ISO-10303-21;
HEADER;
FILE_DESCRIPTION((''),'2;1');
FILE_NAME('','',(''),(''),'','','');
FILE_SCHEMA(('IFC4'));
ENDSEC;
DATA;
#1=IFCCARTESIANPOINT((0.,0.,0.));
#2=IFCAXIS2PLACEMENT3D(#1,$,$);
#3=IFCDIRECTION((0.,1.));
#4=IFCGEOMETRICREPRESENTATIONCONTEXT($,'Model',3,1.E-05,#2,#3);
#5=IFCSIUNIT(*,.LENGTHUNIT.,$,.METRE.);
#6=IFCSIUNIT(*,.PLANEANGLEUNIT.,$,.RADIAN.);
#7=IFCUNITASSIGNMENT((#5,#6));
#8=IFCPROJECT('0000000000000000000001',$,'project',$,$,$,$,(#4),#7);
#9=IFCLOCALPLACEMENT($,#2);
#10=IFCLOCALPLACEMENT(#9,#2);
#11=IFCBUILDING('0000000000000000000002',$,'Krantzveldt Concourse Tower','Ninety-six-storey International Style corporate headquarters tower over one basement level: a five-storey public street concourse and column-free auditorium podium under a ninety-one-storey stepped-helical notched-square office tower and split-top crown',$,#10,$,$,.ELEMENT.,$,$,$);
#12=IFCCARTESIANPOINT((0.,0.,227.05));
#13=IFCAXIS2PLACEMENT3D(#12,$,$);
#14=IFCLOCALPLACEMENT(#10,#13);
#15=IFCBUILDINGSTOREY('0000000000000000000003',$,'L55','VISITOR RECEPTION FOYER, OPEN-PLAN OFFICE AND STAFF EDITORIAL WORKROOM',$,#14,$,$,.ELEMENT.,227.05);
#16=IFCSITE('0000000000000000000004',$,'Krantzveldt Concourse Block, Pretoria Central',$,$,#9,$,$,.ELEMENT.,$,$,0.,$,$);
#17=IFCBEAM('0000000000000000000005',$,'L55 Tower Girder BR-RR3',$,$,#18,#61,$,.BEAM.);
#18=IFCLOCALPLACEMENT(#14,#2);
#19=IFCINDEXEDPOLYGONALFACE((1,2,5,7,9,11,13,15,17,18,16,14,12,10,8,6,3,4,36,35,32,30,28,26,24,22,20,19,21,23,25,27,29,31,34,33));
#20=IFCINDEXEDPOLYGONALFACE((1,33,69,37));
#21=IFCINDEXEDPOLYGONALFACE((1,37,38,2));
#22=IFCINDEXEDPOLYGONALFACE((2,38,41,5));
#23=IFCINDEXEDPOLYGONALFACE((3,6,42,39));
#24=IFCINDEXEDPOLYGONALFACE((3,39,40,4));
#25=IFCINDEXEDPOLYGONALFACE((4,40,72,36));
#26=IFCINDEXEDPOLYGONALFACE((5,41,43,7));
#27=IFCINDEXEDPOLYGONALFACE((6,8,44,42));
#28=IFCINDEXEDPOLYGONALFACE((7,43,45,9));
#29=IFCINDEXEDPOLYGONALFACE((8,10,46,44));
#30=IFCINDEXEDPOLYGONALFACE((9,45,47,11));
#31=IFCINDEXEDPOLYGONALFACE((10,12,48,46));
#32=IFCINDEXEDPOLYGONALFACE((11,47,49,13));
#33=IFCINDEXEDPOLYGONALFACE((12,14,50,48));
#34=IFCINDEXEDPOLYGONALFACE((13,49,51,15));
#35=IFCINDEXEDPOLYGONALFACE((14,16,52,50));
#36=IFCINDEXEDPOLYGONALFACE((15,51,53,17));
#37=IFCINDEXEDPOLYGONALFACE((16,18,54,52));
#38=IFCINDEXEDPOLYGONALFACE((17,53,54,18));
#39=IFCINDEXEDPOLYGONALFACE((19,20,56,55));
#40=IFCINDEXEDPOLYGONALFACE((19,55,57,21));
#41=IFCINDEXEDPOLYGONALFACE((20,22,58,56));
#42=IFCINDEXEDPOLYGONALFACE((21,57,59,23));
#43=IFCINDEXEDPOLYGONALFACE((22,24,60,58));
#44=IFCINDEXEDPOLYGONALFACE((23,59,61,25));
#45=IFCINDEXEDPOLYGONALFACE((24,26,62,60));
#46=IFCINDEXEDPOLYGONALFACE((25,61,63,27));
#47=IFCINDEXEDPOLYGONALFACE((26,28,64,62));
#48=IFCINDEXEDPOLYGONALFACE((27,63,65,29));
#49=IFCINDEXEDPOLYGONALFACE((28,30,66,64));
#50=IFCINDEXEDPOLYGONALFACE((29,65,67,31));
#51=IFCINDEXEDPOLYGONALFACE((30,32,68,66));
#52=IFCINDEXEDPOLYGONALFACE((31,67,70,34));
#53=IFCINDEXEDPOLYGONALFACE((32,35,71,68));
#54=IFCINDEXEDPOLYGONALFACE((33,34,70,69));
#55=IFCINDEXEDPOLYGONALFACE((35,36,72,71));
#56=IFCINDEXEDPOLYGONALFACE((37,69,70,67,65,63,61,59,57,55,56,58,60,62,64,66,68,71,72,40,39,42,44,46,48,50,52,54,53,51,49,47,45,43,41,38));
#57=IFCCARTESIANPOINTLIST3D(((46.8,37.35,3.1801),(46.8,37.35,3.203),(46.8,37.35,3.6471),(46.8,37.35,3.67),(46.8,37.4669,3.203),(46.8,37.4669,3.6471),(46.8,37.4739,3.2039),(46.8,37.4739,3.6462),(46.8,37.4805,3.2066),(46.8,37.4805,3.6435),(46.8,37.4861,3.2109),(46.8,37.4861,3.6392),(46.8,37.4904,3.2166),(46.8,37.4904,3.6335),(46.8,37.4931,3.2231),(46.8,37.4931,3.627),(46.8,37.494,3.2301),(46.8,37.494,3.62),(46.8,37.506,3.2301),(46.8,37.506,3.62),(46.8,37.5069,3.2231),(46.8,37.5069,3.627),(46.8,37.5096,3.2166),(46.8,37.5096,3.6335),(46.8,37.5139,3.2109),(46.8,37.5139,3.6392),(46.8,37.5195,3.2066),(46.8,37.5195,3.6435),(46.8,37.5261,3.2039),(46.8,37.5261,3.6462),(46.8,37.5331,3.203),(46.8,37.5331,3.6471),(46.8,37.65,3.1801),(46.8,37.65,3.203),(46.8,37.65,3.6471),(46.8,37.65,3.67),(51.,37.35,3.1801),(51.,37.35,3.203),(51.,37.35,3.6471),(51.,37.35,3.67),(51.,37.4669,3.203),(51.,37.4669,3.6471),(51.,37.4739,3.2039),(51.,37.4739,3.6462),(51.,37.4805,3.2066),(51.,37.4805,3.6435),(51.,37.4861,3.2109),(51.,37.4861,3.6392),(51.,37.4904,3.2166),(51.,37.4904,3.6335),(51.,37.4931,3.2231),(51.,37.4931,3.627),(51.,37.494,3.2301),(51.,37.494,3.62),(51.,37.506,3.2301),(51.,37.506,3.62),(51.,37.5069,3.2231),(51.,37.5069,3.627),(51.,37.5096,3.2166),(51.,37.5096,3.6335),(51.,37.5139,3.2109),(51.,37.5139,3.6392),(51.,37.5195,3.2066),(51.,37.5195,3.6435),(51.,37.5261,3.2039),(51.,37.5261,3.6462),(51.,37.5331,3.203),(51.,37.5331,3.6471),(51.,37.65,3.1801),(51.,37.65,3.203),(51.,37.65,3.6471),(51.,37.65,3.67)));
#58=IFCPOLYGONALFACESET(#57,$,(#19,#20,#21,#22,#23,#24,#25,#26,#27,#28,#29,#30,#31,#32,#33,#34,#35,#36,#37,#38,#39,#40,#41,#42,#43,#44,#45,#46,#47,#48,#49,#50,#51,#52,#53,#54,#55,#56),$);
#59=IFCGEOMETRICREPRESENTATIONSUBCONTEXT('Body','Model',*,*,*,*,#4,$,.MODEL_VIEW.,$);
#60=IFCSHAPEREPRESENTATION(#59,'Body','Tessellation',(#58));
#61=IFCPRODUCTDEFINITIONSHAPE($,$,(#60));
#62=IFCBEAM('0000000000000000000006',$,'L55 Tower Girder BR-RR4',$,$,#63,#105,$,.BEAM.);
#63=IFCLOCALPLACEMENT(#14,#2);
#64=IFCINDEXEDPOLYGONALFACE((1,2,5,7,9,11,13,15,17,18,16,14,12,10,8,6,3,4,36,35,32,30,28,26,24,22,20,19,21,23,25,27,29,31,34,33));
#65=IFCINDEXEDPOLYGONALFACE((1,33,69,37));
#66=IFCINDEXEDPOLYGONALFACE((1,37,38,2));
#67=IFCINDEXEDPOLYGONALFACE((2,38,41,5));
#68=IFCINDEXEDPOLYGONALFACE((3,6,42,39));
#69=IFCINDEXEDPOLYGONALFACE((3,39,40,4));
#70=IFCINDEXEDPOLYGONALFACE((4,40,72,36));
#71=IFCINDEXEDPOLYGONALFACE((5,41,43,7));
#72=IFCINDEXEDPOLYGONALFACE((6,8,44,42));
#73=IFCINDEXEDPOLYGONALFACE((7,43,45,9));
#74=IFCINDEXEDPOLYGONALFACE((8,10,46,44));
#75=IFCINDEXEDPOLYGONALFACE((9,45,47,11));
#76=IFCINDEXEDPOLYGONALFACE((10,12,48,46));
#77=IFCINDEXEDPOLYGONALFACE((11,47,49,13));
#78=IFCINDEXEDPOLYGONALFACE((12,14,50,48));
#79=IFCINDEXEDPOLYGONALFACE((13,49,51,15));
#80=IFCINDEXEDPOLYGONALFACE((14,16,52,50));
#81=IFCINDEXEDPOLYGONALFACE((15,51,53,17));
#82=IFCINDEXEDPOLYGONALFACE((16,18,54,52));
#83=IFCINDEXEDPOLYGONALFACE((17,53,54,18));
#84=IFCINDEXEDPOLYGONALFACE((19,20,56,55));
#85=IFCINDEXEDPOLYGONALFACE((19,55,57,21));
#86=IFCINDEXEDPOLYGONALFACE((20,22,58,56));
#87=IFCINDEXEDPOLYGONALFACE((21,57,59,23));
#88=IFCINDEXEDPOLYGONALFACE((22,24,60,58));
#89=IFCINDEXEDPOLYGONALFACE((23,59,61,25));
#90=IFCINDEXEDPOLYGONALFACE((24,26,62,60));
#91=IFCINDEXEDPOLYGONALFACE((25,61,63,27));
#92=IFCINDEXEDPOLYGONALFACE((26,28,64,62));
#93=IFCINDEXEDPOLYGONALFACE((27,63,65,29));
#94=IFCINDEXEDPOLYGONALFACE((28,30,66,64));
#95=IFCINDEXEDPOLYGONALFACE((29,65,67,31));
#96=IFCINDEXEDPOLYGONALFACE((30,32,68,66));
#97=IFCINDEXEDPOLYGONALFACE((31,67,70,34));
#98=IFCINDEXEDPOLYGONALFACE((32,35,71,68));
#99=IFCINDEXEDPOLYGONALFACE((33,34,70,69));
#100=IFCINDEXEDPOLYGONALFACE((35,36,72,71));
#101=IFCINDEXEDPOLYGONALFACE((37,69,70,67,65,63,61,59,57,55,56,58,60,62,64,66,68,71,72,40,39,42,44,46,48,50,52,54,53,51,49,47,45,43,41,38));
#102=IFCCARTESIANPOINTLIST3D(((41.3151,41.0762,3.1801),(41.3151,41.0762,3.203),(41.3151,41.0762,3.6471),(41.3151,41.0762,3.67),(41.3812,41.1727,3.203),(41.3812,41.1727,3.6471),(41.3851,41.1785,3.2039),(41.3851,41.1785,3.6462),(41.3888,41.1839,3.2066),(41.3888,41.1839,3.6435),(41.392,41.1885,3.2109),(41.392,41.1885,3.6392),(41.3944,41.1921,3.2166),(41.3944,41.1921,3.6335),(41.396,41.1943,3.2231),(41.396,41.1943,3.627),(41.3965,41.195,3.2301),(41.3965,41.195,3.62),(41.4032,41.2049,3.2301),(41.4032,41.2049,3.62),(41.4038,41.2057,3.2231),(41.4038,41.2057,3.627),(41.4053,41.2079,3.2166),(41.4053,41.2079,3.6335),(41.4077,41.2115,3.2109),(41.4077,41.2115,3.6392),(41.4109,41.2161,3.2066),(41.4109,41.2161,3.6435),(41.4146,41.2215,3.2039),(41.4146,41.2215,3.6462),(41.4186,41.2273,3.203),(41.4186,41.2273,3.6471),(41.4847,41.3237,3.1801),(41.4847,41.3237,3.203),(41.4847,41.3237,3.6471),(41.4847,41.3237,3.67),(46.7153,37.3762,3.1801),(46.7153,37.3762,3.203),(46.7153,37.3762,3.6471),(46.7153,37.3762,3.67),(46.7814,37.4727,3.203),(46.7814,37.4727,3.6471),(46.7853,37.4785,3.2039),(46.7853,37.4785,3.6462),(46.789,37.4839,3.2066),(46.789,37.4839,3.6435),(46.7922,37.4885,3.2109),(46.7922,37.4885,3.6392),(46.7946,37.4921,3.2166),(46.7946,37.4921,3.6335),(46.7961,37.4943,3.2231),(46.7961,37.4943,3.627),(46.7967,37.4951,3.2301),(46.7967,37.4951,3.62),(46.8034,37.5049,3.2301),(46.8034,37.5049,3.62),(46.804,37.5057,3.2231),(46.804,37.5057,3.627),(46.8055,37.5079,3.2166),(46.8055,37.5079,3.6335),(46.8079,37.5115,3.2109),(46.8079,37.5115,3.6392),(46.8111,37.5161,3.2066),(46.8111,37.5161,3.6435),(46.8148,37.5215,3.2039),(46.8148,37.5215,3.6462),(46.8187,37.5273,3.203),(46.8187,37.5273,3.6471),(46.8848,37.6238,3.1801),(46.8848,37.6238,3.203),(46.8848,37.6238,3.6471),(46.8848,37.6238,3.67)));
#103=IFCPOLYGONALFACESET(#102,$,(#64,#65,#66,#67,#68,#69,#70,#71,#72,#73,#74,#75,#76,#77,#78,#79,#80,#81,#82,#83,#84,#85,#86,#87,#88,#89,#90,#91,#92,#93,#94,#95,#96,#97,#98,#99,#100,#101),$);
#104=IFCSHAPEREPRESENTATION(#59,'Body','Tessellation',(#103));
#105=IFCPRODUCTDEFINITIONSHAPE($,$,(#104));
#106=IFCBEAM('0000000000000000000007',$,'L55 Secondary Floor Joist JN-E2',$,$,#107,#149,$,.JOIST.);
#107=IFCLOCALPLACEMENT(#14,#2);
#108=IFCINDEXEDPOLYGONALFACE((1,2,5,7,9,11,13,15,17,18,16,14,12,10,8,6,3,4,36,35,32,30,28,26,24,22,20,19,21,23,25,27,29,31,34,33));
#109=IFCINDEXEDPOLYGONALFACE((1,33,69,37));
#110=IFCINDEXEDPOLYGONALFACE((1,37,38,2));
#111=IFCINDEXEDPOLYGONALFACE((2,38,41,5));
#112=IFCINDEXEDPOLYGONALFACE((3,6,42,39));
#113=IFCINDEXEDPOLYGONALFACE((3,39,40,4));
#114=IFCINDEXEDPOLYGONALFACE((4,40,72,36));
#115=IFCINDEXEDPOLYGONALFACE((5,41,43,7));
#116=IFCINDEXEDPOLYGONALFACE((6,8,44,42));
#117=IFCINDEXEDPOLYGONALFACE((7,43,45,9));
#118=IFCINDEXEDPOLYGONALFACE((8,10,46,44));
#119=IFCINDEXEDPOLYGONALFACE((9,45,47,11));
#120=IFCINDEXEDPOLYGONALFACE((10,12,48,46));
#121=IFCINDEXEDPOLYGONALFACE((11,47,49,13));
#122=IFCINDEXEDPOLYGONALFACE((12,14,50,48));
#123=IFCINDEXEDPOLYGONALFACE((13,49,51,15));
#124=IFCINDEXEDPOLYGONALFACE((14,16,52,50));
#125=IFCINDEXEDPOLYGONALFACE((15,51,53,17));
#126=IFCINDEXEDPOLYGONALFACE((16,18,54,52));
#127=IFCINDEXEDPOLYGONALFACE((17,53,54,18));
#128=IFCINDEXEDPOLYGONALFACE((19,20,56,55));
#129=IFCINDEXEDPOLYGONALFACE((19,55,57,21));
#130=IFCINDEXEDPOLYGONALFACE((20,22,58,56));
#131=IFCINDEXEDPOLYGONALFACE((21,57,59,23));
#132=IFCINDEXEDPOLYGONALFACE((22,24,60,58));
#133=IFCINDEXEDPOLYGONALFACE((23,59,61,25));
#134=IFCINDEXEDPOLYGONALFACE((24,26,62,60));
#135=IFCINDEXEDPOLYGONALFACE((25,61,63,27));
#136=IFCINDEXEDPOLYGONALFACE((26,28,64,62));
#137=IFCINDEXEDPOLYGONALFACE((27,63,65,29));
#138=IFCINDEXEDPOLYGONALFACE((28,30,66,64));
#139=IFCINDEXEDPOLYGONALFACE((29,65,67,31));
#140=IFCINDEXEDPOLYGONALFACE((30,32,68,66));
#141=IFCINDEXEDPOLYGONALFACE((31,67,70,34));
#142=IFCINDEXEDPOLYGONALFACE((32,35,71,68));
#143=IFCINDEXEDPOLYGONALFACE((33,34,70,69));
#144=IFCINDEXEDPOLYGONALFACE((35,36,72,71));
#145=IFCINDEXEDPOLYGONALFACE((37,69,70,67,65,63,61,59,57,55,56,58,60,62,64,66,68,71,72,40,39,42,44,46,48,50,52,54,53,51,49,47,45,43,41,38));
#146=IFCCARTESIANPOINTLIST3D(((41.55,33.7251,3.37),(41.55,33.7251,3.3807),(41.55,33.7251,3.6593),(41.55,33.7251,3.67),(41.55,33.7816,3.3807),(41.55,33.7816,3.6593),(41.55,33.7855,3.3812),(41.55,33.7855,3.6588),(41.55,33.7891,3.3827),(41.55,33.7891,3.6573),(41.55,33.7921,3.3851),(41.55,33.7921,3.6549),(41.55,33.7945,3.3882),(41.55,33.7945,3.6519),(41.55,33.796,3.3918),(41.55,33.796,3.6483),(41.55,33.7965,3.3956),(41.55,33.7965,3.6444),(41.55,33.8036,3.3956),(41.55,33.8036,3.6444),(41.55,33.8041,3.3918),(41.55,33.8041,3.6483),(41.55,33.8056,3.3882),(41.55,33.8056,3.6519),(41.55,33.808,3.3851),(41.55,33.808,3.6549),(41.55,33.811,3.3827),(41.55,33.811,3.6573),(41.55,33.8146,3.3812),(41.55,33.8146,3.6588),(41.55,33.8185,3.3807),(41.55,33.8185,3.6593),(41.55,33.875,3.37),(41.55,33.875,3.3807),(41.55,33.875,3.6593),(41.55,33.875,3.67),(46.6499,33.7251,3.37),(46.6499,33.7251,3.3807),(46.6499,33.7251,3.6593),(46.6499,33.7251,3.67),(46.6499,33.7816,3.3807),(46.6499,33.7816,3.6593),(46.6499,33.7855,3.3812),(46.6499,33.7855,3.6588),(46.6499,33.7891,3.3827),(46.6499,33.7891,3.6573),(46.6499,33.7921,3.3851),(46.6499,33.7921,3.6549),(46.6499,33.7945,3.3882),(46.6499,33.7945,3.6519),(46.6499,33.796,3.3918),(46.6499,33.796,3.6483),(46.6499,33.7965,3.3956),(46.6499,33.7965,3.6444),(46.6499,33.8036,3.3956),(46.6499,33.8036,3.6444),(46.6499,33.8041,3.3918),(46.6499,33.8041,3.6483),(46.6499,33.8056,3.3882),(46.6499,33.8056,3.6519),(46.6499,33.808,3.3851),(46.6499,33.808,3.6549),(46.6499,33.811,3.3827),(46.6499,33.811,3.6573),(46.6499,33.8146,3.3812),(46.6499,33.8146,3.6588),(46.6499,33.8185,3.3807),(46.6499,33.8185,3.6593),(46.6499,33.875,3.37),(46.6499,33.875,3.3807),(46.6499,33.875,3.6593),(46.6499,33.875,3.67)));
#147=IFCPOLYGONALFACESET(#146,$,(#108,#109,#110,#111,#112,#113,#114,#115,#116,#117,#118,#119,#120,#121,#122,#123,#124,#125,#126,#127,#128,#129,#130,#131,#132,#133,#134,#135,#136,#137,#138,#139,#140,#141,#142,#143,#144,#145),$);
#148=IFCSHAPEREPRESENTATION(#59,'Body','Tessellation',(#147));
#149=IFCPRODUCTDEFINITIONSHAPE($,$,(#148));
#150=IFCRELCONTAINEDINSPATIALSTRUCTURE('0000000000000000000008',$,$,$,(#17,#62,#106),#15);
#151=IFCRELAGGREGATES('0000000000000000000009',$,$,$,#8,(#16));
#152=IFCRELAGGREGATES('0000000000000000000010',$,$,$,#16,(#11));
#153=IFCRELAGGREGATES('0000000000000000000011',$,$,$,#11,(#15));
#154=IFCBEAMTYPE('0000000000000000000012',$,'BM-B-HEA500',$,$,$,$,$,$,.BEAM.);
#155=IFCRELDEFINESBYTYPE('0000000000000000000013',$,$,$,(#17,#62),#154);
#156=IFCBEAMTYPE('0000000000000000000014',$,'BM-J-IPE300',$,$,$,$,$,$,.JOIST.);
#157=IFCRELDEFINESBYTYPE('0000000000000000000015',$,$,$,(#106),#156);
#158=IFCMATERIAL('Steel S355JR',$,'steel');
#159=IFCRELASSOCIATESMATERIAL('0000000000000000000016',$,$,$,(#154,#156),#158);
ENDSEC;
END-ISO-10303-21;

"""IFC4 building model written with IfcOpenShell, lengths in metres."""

from ifc_helpers import new_model, si_unit, direction, frame, origin, origin_2d, place, context, subcontext, project, spatial, i_section, extrude, source, transform, mapped, material, material_profile, profile_set, type_object, type_shapes, element, save


model = new_model("IFC4")

# Units and contexts
model_context = context("Model", 3, precision=1e-05, world=origin(), true_north=direction((0.0, 1.0)))
body_context = subcontext(model_context, "Body", "Model", "MODEL_VIEW")
ifc_project = project(units=[si_unit("LENGTHUNIT", "METRE"), si_unit("PLANEANGLEUNIT", "RADIAN")], contexts=[model_context])

# Site, building, storey
site_placement = place(None, origin())
site = spatial("IfcSite", under=ifc_project, at=site_placement, Name="Krantzveldt Concourse Block, Pretoria Central", CompositionType="ELEMENT", RefElevation=0.0)
building_placement = place(site_placement, origin())
building = spatial("IfcBuilding", under=site, at=building_placement, Name="Krantzveldt Concourse Tower", Description="Ninety-six-storey International Style corporate headquarters tower over one basement level: a five-storey public street concourse and column-free auditorium podium under a ninety-one-storey stepped-helical notched-square office tower and split-top crown", CompositionType="ELEMENT")
storey_placement = place(building_placement, frame((0.0, 0.0, 227.05)))
storey = spatial("IfcBuildingStorey", under=building, at=storey_placement, Name="L55", Description="VISITOR RECEPTION FOYER, OPEN-PLAN OFFICE AND STAFF EDITORIAL WORKROOM", CompositionType="ELEMENT", Elevation=227.05)

# Beams
ifc_material_1 = material(Name="Steel S355JR", Category="steel")
ifc_material_profile_1 = material_profile(ifc_material_1, i_section(OverallWidth=0.3, OverallDepth=0.49, WebThickness=0.012, FlangeThickness=0.0229, FilletRadius=0.0271, at=origin_2d()), Name="Steel S355JR", Category="steel")
ifc_profile_set_1 = profile_set([ifc_material_profile_1], Name="Steel S355JR - HEA 500")
beam_type_1 = type_object("IfcBeamType", Name="BM-B-HEA500", PredefinedType="BEAM", material=ifc_profile_set_1)
shared_shape_1 = source(origin(), body_context, "Body", "SweptSolid", [
    extrude(i_section(OverallWidth=0.3, OverallDepth=0.49, WebThickness=0.012, FlangeThickness=0.0229, FilletRadius=0.0271, at=origin_2d()), origin(), (0.0, 0.0, 1.0), 4.2),
])
beam_1_placement = place(storey_placement, frame((46.8, 37.5, 3.425), z_axis=(1.0, 0.0, 0.0), x_axis=(0.0, 1.0, 0.0)))
element("IfcBeam", 1, at=beam_1_placement, inside=storey, type_object=beam_type_1, Name="L55 Tower Girder BR-RR3", PredefinedType="BEAM", context=body_context, shape_type="MappedRepresentation", body=[
    mapped(shared_shape_1, transform((0.0, 0.0, 0.0), x_axis=(1.0, 0.0, 0.0), y_axis=(0.0, 1.0, 0.0), z_axis=(0.0, 0.0, 1.0), scale=1.0)),
])
shared_shape_2 = source(origin(), body_context, "Body", "SweptSolid", [
    extrude(i_section(OverallWidth=0.3, OverallDepth=0.49, WebThickness=0.012, FlangeThickness=0.0229, FilletRadius=0.0271, at=origin_2d()), origin(), (0.0, 0.0, 1.0), 6.5461),
])
type_shapes(beam_type_1, [shared_shape_1, shared_shape_2])
beam_2_placement = place(storey_placement, frame((46.8, 37.5, 3.425), z_axis=(-0.824943, 0.565216, 0.0), x_axis=(-0.565216, -0.824943, 0.0)))
element("IfcBeam", 2, at=beam_2_placement, inside=storey, type_object=beam_type_1, Name="L55 Tower Girder BR-RR4", PredefinedType="BEAM", context=body_context, shape_type="MappedRepresentation", body=[
    mapped(shared_shape_2, transform((0.0, 0.0, 0.0), x_axis=(1.0, 0.0, 0.0), y_axis=(0.0, 1.0, 0.0), z_axis=(0.0, 0.0, 1.0), scale=1.0)),
])
ifc_material_profile_2 = material_profile(ifc_material_1, i_section(OverallWidth=0.1499, OverallDepth=0.3, WebThickness=0.0071, FlangeThickness=0.0107, FilletRadius=0.0149, at=origin_2d()), Name="Steel S355JR", Category="steel")
ifc_profile_set_2 = profile_set([ifc_material_profile_2], Name="Steel S355JR - IPE 300")
beam_type_2 = type_object("IfcBeamType", Name="BM-J-IPE300", PredefinedType="JOIST", material=ifc_profile_set_2)
shared_shape_3 = source(origin(), body_context, "Body", "SweptSolid", [
    extrude(i_section(OverallWidth=0.1499, OverallDepth=0.3, WebThickness=0.0071, FlangeThickness=0.0107, FilletRadius=0.0149, at=origin_2d()), origin(), (0.0, 0.0, 1.0), 5.0999),
])
type_shapes(beam_type_2, [shared_shape_3])
beam_3_placement = place(storey_placement, frame((41.55, 33.8, 3.52), z_axis=(1.0, 0.0, 0.0), x_axis=(0.0, 1.0, 0.0)))
element("IfcBeam", 3, at=beam_3_placement, inside=storey, type_object=beam_type_2, Name="L55 Secondary Floor Joist JN-E2", PredefinedType="JOIST", context=body_context, shape_type="MappedRepresentation", body=[
    mapped(shared_shape_3, transform((0.0, 0.0, 0.0), x_axis=(1.0, 0.0, 0.0), y_axis=(0.0, 1.0, 0.0), z_axis=(0.0, 0.0, 1.0), scale=1.0)),
])

save(model, "model.ifc")
